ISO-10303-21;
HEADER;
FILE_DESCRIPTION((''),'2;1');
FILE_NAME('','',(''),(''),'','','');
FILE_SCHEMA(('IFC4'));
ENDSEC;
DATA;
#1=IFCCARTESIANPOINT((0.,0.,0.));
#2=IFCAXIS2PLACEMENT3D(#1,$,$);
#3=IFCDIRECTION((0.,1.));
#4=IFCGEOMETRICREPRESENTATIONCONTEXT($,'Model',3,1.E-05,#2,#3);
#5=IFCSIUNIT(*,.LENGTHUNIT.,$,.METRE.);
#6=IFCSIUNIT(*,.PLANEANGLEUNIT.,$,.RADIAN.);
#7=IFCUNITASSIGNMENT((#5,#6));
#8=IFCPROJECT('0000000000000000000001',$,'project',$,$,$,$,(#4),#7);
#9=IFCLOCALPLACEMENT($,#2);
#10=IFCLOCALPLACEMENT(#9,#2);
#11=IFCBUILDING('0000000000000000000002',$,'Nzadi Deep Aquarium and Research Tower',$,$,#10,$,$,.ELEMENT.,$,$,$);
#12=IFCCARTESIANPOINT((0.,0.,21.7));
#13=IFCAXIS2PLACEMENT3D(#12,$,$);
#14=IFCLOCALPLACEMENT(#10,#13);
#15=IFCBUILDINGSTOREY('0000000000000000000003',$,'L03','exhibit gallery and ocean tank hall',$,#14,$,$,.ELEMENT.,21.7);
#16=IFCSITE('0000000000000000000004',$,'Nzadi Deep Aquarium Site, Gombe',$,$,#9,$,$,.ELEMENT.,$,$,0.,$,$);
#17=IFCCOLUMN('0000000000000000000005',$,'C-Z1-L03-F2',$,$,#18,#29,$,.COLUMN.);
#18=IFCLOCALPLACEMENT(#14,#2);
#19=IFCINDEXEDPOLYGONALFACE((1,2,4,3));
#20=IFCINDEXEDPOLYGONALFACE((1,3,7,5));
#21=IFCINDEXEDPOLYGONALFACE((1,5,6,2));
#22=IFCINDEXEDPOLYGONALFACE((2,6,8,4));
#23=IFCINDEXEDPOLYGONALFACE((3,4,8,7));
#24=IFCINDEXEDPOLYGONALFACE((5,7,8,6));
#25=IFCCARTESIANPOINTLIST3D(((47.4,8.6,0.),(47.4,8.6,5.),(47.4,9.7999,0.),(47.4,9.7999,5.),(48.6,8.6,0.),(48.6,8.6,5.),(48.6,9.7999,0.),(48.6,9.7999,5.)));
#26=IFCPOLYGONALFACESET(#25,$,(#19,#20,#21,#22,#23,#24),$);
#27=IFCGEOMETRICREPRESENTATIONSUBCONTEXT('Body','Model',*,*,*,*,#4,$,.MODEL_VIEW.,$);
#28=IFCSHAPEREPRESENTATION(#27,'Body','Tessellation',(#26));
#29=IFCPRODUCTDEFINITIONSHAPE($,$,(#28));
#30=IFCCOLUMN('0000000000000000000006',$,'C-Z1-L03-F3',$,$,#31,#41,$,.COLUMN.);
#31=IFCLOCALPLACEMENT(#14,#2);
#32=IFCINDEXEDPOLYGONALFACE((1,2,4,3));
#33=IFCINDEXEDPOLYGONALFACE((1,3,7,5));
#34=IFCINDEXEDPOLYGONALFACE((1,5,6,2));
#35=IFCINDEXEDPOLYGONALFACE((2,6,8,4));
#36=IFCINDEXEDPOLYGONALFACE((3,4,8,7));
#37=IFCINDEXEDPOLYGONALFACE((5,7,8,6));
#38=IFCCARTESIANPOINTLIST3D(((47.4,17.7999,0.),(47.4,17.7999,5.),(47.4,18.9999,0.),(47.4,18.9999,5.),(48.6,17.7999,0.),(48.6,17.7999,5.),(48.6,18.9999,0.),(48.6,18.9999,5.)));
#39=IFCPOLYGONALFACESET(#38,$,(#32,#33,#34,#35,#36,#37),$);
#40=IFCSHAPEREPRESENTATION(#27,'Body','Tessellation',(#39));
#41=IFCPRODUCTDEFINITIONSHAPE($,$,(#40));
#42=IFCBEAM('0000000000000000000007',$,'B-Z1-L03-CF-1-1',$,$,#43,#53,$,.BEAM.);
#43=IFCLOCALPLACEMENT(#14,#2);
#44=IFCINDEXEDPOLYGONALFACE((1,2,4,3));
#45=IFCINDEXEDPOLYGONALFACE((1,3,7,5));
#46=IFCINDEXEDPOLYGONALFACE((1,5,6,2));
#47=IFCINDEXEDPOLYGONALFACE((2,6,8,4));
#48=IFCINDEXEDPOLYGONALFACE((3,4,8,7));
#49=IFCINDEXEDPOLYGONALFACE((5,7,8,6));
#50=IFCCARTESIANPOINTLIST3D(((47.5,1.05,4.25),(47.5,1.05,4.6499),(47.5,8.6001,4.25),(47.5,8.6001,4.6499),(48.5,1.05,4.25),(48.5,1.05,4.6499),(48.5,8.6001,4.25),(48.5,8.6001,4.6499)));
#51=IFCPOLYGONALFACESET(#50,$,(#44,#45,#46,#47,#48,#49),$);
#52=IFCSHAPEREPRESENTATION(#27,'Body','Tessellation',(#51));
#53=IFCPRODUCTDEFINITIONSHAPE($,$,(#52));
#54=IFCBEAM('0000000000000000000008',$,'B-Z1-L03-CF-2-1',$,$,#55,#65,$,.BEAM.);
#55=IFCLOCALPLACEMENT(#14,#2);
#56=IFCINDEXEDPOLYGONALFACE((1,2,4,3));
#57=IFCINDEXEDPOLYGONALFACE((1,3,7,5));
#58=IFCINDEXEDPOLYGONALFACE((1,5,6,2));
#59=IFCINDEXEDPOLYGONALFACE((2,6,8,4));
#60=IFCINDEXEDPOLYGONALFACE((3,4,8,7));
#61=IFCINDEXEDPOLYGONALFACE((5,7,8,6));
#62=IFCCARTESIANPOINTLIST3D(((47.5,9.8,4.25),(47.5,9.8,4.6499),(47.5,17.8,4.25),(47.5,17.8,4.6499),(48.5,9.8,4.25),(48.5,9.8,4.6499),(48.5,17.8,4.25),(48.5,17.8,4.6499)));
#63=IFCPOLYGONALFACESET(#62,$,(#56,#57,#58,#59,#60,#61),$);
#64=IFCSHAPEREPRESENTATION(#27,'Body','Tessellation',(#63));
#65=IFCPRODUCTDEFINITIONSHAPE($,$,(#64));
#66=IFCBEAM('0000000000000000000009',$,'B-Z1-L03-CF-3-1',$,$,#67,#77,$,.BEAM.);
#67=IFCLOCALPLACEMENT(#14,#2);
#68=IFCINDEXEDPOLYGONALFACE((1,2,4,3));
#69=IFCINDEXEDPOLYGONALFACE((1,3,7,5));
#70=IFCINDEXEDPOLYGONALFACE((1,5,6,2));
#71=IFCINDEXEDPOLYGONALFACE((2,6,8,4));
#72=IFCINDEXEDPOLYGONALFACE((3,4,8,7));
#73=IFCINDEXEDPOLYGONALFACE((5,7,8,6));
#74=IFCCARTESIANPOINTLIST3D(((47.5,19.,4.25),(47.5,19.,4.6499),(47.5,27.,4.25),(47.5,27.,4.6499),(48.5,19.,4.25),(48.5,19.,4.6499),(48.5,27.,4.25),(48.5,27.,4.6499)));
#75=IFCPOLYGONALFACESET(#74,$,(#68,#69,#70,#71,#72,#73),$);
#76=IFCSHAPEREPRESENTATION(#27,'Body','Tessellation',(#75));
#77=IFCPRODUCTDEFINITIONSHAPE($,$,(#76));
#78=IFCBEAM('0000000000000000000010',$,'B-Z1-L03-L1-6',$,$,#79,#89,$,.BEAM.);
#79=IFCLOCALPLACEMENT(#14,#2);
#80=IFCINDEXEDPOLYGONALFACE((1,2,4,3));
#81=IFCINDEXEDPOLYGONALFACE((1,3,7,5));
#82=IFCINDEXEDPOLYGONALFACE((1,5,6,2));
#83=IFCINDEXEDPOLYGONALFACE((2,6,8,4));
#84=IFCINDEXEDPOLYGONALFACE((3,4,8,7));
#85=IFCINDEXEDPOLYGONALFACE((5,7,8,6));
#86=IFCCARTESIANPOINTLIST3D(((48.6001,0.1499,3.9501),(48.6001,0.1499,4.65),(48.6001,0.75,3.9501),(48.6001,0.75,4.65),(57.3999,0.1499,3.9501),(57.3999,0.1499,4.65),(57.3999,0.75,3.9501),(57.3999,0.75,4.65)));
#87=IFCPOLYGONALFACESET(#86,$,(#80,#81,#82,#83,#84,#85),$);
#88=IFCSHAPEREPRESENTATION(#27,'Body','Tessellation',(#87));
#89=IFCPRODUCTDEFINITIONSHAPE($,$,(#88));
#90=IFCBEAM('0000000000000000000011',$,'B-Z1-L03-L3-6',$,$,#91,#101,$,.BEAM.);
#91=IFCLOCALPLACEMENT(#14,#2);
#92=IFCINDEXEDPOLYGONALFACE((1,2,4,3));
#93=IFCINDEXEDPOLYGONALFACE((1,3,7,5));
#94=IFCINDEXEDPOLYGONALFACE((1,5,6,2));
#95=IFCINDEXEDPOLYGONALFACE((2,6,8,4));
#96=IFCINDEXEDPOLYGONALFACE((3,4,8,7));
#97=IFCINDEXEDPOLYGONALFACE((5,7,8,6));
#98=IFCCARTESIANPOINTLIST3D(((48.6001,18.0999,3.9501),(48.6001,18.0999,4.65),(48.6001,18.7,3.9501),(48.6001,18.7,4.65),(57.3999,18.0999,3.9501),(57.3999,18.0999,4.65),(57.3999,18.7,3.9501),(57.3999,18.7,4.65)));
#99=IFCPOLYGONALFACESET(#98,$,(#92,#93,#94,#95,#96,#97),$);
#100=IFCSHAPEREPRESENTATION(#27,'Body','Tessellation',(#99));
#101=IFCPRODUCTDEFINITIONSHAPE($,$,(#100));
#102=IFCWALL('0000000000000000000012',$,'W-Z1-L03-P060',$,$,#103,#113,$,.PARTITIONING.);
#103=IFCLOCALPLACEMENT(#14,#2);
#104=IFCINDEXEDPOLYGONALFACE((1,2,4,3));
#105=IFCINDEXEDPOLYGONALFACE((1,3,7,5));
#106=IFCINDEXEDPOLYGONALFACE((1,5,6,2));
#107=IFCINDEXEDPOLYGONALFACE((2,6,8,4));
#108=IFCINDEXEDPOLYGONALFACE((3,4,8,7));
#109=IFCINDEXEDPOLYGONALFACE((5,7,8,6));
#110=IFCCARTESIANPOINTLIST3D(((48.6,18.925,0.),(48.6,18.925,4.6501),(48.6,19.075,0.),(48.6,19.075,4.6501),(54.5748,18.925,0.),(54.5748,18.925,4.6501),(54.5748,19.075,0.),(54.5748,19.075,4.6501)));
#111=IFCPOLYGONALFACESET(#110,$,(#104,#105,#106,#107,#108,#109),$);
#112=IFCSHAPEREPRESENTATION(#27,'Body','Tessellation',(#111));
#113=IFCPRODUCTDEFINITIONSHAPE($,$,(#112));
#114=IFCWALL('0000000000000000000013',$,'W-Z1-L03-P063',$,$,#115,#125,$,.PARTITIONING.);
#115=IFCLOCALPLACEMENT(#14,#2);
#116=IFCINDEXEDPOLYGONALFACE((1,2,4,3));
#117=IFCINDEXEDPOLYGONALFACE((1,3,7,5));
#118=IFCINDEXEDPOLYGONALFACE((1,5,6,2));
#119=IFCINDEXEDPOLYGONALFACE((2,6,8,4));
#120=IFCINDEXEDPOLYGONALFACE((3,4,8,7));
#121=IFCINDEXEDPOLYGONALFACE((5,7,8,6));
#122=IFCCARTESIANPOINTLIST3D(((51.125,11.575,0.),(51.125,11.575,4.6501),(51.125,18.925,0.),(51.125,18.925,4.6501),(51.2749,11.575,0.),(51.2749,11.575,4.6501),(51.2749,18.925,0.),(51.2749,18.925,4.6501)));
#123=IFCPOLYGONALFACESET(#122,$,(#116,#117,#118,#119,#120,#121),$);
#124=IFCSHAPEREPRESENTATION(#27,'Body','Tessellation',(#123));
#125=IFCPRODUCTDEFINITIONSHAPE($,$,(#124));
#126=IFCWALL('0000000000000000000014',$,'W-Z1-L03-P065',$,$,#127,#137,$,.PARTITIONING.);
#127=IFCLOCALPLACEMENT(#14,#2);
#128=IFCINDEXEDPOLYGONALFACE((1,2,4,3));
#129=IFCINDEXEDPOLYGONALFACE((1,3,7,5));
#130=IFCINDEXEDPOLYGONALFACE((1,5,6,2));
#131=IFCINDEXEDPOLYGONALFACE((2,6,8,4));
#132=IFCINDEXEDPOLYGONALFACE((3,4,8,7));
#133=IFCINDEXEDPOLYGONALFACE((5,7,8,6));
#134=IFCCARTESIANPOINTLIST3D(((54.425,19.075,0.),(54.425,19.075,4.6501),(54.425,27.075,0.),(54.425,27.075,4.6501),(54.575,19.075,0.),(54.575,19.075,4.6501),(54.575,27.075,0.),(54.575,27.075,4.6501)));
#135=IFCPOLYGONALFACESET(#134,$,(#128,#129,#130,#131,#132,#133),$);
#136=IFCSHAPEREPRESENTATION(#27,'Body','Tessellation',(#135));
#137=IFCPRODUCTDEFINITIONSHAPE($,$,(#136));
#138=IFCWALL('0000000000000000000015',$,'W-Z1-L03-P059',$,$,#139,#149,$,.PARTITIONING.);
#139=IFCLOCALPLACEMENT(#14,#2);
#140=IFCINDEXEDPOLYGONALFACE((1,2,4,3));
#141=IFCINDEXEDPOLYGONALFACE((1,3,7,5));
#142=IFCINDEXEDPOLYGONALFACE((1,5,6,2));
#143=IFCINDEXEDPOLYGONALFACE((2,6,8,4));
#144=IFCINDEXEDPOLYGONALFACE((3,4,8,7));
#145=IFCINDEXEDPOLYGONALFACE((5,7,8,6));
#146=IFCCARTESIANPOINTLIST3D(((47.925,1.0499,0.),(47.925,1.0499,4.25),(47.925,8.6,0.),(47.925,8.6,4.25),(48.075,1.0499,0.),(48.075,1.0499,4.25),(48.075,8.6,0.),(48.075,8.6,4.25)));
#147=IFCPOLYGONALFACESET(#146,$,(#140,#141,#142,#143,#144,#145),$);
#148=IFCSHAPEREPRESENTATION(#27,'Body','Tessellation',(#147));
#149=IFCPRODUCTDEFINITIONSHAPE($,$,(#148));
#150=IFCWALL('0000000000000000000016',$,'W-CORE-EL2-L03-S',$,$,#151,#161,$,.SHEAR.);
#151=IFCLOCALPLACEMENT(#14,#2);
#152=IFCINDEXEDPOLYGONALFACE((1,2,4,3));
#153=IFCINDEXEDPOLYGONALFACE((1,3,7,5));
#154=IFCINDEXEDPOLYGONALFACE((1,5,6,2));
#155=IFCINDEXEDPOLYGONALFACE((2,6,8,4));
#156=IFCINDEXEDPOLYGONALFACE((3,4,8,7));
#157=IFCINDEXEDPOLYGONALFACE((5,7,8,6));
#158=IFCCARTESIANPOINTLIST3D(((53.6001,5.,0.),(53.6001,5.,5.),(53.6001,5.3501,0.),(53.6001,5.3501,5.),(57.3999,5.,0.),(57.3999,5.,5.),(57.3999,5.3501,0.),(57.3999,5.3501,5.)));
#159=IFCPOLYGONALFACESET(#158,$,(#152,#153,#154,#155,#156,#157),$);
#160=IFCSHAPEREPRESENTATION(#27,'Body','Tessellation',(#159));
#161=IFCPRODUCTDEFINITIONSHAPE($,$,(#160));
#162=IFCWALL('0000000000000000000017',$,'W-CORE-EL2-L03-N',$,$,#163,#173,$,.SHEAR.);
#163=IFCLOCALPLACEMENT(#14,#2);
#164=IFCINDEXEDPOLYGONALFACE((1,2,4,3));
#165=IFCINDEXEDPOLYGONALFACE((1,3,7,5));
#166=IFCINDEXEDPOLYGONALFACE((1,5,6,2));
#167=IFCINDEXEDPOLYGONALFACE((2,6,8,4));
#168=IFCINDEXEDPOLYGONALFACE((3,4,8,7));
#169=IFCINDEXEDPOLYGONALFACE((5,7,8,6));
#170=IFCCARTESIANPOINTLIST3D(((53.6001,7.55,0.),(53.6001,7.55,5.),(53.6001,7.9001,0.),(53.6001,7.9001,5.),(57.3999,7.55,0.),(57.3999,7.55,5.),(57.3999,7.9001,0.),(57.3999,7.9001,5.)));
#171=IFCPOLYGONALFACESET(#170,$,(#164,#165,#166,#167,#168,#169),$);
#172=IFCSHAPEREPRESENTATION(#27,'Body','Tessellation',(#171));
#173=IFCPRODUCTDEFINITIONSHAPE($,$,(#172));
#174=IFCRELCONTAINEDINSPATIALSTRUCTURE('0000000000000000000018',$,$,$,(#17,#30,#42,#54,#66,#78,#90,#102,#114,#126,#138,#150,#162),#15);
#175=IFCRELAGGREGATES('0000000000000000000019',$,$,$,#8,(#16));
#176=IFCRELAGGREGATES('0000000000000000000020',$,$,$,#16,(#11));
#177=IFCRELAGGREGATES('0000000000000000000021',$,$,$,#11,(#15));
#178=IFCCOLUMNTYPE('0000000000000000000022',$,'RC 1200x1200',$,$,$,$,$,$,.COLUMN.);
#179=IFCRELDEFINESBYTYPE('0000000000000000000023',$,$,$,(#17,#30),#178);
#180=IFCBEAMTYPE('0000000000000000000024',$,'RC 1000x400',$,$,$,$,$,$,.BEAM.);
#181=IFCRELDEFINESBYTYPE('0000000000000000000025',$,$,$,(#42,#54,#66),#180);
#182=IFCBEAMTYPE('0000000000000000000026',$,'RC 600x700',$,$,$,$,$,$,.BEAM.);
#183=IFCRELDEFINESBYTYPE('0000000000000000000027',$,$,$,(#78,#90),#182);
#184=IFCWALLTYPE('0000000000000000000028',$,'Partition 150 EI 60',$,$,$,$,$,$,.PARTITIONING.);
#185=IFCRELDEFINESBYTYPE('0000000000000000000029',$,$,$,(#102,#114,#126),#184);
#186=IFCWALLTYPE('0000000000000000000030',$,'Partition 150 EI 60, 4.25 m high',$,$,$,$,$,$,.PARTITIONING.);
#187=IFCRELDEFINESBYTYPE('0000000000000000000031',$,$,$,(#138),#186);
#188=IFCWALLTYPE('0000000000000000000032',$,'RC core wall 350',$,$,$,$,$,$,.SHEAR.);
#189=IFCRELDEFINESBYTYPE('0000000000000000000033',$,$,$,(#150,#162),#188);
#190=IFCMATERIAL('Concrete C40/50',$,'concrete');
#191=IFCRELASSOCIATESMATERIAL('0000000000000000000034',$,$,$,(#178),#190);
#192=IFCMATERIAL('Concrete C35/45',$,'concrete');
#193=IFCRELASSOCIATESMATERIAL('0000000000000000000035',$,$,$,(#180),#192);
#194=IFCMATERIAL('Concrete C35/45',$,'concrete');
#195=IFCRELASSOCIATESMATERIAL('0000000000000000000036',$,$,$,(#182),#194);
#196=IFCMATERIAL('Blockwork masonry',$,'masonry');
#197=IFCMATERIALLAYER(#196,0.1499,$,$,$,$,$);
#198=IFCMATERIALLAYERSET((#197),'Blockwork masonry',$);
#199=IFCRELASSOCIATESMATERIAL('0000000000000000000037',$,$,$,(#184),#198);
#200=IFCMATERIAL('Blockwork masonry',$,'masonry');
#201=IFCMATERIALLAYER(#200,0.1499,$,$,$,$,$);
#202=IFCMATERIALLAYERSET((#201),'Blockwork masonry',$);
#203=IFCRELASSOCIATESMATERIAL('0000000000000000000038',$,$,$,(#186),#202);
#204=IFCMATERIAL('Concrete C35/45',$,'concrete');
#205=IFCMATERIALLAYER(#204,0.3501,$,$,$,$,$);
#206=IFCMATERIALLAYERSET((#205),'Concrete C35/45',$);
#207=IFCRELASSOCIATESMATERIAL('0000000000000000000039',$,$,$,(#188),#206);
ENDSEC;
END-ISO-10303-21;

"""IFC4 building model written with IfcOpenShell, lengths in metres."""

from ifc_helpers import new_model, si_unit, direction, frame, frame_2d, origin, origin_2d, place, context, subcontext, project, spatial, rectangle, extrude, material, layer, layer_set, material_profile, profile_set, type_object, element, save


model = new_model("IFC4")

# Units and contexts
model_context = context("Model", 3, precision=1e-05, world=origin(), true_north=direction((0.0, 1.0)))
body_context = subcontext(model_context, "Body", "Model", "MODEL_VIEW")
ifc_project = project(units=[si_unit("LENGTHUNIT", "METRE"), si_unit("PLANEANGLEUNIT", "RADIAN")], contexts=[model_context])

# Site, building, storey
site_placement = place(None, origin())
site = spatial("IfcSite", under=ifc_project, at=site_placement, Name="Nzadi Deep Aquarium Site, Gombe", CompositionType="ELEMENT", RefElevation=0.0)
building_placement = place(site_placement, origin())
building = spatial("IfcBuilding", under=site, at=building_placement, Name="Nzadi Deep Aquarium and Research Tower", CompositionType="ELEMENT")
storey_placement = place(building_placement, frame((0.0, 0.0, 21.7)))
storey = spatial("IfcBuildingStorey", under=building, at=storey_placement, Name="L03", Description="exhibit gallery and ocean tank hall", CompositionType="ELEMENT", Elevation=21.7)

# Columns
ifc_material_1 = material(Name="Concrete C40/50", Category="concrete")
ifc_material_profile_1 = material_profile(ifc_material_1, rectangle(XDim=1.2, YDim=1.2, at=origin_2d()))
ifc_profile_set_1 = profile_set([ifc_material_profile_1], Name="Concrete C40/50")
column_type = type_object("IfcColumnType", Name="RC 1200x1200", PredefinedType="COLUMN", material=ifc_profile_set_1)
for number, where, z_axis, x_axis, name in (
    (1, (48.0, 9.2, 0.0), (0.0, 0.0, 1.0), (1.0, 0.0, 0.0), "C-Z1-L03-F2"),
    (2, (48.0, 18.3999, 0.0), (0.0, 0.0, 1.0), (1.0, 0.0, 0.0), "C-Z1-L03-F3"),
):
    element("IfcColumn", number, at=place(storey_placement, frame(where, z_axis=z_axis, x_axis=x_axis)), inside=storey, type_object=column_type, Name=name, PredefinedType="COLUMN", context=body_context, shape_type="SweptSolid", body=[
        extrude(rectangle(XDim=1.2, YDim=1.2, at=origin_2d()), origin(), (0.0, 0.0, 1.0), 5.0),
    ])

# Beams
ifc_material_2 = material(Name="Concrete C35/45", Category="concrete")
ifc_material_profile_2 = material_profile(ifc_material_2, rectangle(XDim=1.0, YDim=0.3999, at=origin_2d()))
ifc_profile_set_2 = profile_set([ifc_material_profile_2], Name="Concrete C35/45")
beam_type_1 = type_object("IfcBeamType", Name="RC 1000x400", PredefinedType="BEAM", material=ifc_profile_set_2)
beam_placement = place(storey_placement, frame((48.0, 1.05, 4.45), z_axis=(0.0, 1.0, 0.0), x_axis=(-1.0, 0.0, 0.0)))
element("IfcBeam", 3, at=beam_placement, inside=storey, type_object=beam_type_1, Name="B-Z1-L03-CF-1-1", PredefinedType="BEAM", context=body_context, shape_type="SweptSolid", body=[
    extrude(rectangle(XDim=1.0, YDim=0.3999, at=origin_2d()), origin(), (0.0, 0.0, 1.0), 7.55),
])
for number, where, z_axis, x_axis, name in (
    (4, (48.0, 9.8, 4.45), (0.0, 1.0, 0.0), (-1.0, 0.0, 0.0), "B-Z1-L03-CF-2-1"),
    (5, (48.0, 19.0, 4.45), (0.0, 1.0, 0.0), (-1.0, 0.0, 0.0), "B-Z1-L03-CF-3-1"),
):
    element("IfcBeam", number, at=place(storey_placement, frame(where, z_axis=z_axis, x_axis=x_axis)), inside=storey, type_object=beam_type_1, Name=name, PredefinedType="BEAM", context=body_context, shape_type="SweptSolid", body=[
        extrude(rectangle(XDim=1.0, YDim=0.3999, at=origin_2d()), origin(), (0.0, 0.0, 1.0), 8.0),
    ])
ifc_material_3 = material(Name="Concrete C35/45", Category="concrete")
ifc_material_profile_3 = material_profile(ifc_material_3, rectangle(XDim=0.6001, YDim=0.7, at=origin_2d()))
ifc_profile_set_3 = profile_set([ifc_material_profile_3], Name="Concrete C35/45")
beam_type_2 = type_object("IfcBeamType", Name="RC 600x700", PredefinedType="BEAM", material=ifc_profile_set_3)
for number, where, z_axis, x_axis, name in (
    (6, (48.6001, 0.45, 4.3), (1.0, 0.0, 0.0), (0.0, 1.0, 0.0), "B-Z1-L03-L1-6"),
    (7, (48.6001, 18.3999, 4.3), (1.0, 0.0, 0.0), (0.0, 1.0, 0.0), "B-Z1-L03-L3-6"),
):
    element("IfcBeam", number, at=place(storey_placement, frame(where, z_axis=z_axis, x_axis=x_axis)), inside=storey, type_object=beam_type_2, Name=name, PredefinedType="BEAM", context=body_context, shape_type="SweptSolid", body=[
        extrude(rectangle(XDim=0.6001, YDim=0.7, at=origin_2d()), origin(), (0.0, 0.0, 1.0), 8.7998),
    ])

# Walls
ifc_material_4 = material(Name="Blockwork masonry", Category="masonry")
ifc_layer_1 = layer(ifc_material_4, 0.1499)
ifc_layer_set_1 = layer_set([ifc_layer_1], Name="Blockwork masonry")
wall_type_1 = type_object("IfcWallType", Name="Partition 150 EI 60", PredefinedType="PARTITIONING", material=ifc_layer_set_1)
wall_1_placement = place(storey_placement, frame((48.6001, 19.0, 0.0), z_axis=(0.0, 0.0, 1.0), x_axis=(1.0, 0.0, 0.0)))
element("IfcWall", 8, at=wall_1_placement, inside=storey, type_object=wall_type_1, Name="W-Z1-L03-P060", PredefinedType="PARTITIONING", context=body_context, shape_type="SweptSolid", body=[
    extrude(rectangle(XDim=5.9749, YDim=0.1499, at=frame_2d((2.9873, 0.0))), origin(), (0.0, 0.0, 1.0), 4.6501),
])
wall_2_placement = place(storey_placement, frame((51.2, 11.575, 0.0), z_axis=(0.0, 0.0, 1.0), x_axis=(0.0, 1.0, 0.0)))
element("IfcWall", 9, at=wall_2_placement, inside=storey, type_object=wall_type_1, Name="W-Z1-L03-P063", PredefinedType="PARTITIONING", context=body_context, shape_type="SweptSolid", body=[
    extrude(rectangle(XDim=7.3501, YDim=0.1499, at=frame_2d((3.675, 0.0))), origin(), (0.0, 0.0, 1.0), 4.6501),
])
wall_3_placement = place(storey_placement, frame((54.5, 19.075, 0.0), z_axis=(0.0, 0.0, 1.0), x_axis=(0.0, 1.0, 0.0)))
element("IfcWall", 10, at=wall_3_placement, inside=storey, type_object=wall_type_1, Name="W-Z1-L03-P065", PredefinedType="PARTITIONING", context=body_context, shape_type="SweptSolid", body=[
    extrude(rectangle(XDim=8.0, YDim=0.1499, at=frame_2d((4.0, 0.0))), origin(), (0.0, 0.0, 1.0), 4.6501),
])
ifc_material_5 = material(Name="Blockwork masonry", Category="masonry")
ifc_layer_2 = layer(ifc_material_5, 0.1499)
ifc_layer_set_2 = layer_set([ifc_layer_2], Name="Blockwork masonry")
wall_type_2 = type_object("IfcWallType", Name="Partition 150 EI 60, 4.25 m high", PredefinedType="PARTITIONING", material=ifc_layer_set_2)
wall_4_placement = place(storey_placement, frame((48.0, 1.05, 0.0), z_axis=(0.0, 0.0, 1.0), x_axis=(0.0, 1.0, 0.0)))
element("IfcWall", 11, at=wall_4_placement, inside=storey, type_object=wall_type_2, Name="W-Z1-L03-P059", PredefinedType="PARTITIONING", context=body_context, shape_type="SweptSolid", body=[
    extrude(rectangle(XDim=7.55, YDim=0.1499, at=frame_2d((3.7749, 0.0))), origin(), (0.0, 0.0, 1.0), 4.25),
])
ifc_material_6 = material(Name="Concrete C35/45", Category="concrete")
ifc_layer_3 = layer(ifc_material_6, 0.3501)
ifc_layer_set_3 = layer_set([ifc_layer_3], Name="Concrete C35/45")
wall_type_3 = type_object("IfcWallType", Name="RC core wall 350", PredefinedType="SHEAR", material=ifc_layer_set_3)
for number, where, z_axis, x_axis, name in (
    (12, (53.6001, 5.175, 0.0), (0.0, 0.0, 1.0), (1.0, 0.0, 0.0), "W-CORE-EL2-L03-S"),
    (13, (53.6001, 7.7251, 0.0), (0.0, 0.0, 1.0), (1.0, 0.0, 0.0), "W-CORE-EL2-L03-N"),
):
    element("IfcWall", number, at=place(storey_placement, frame(where, z_axis=z_axis, x_axis=x_axis)), inside=storey, type_object=wall_type_3, Name=name, PredefinedType="SHEAR", context=body_context, shape_type="SweptSolid", body=[
        extrude(rectangle(XDim=3.7998, YDim=0.3501, at=frame_2d((1.8999, 0.0))), origin(), (0.0, 0.0, 1.0), 5.0),
    ])

save(model, "model.ifc")
